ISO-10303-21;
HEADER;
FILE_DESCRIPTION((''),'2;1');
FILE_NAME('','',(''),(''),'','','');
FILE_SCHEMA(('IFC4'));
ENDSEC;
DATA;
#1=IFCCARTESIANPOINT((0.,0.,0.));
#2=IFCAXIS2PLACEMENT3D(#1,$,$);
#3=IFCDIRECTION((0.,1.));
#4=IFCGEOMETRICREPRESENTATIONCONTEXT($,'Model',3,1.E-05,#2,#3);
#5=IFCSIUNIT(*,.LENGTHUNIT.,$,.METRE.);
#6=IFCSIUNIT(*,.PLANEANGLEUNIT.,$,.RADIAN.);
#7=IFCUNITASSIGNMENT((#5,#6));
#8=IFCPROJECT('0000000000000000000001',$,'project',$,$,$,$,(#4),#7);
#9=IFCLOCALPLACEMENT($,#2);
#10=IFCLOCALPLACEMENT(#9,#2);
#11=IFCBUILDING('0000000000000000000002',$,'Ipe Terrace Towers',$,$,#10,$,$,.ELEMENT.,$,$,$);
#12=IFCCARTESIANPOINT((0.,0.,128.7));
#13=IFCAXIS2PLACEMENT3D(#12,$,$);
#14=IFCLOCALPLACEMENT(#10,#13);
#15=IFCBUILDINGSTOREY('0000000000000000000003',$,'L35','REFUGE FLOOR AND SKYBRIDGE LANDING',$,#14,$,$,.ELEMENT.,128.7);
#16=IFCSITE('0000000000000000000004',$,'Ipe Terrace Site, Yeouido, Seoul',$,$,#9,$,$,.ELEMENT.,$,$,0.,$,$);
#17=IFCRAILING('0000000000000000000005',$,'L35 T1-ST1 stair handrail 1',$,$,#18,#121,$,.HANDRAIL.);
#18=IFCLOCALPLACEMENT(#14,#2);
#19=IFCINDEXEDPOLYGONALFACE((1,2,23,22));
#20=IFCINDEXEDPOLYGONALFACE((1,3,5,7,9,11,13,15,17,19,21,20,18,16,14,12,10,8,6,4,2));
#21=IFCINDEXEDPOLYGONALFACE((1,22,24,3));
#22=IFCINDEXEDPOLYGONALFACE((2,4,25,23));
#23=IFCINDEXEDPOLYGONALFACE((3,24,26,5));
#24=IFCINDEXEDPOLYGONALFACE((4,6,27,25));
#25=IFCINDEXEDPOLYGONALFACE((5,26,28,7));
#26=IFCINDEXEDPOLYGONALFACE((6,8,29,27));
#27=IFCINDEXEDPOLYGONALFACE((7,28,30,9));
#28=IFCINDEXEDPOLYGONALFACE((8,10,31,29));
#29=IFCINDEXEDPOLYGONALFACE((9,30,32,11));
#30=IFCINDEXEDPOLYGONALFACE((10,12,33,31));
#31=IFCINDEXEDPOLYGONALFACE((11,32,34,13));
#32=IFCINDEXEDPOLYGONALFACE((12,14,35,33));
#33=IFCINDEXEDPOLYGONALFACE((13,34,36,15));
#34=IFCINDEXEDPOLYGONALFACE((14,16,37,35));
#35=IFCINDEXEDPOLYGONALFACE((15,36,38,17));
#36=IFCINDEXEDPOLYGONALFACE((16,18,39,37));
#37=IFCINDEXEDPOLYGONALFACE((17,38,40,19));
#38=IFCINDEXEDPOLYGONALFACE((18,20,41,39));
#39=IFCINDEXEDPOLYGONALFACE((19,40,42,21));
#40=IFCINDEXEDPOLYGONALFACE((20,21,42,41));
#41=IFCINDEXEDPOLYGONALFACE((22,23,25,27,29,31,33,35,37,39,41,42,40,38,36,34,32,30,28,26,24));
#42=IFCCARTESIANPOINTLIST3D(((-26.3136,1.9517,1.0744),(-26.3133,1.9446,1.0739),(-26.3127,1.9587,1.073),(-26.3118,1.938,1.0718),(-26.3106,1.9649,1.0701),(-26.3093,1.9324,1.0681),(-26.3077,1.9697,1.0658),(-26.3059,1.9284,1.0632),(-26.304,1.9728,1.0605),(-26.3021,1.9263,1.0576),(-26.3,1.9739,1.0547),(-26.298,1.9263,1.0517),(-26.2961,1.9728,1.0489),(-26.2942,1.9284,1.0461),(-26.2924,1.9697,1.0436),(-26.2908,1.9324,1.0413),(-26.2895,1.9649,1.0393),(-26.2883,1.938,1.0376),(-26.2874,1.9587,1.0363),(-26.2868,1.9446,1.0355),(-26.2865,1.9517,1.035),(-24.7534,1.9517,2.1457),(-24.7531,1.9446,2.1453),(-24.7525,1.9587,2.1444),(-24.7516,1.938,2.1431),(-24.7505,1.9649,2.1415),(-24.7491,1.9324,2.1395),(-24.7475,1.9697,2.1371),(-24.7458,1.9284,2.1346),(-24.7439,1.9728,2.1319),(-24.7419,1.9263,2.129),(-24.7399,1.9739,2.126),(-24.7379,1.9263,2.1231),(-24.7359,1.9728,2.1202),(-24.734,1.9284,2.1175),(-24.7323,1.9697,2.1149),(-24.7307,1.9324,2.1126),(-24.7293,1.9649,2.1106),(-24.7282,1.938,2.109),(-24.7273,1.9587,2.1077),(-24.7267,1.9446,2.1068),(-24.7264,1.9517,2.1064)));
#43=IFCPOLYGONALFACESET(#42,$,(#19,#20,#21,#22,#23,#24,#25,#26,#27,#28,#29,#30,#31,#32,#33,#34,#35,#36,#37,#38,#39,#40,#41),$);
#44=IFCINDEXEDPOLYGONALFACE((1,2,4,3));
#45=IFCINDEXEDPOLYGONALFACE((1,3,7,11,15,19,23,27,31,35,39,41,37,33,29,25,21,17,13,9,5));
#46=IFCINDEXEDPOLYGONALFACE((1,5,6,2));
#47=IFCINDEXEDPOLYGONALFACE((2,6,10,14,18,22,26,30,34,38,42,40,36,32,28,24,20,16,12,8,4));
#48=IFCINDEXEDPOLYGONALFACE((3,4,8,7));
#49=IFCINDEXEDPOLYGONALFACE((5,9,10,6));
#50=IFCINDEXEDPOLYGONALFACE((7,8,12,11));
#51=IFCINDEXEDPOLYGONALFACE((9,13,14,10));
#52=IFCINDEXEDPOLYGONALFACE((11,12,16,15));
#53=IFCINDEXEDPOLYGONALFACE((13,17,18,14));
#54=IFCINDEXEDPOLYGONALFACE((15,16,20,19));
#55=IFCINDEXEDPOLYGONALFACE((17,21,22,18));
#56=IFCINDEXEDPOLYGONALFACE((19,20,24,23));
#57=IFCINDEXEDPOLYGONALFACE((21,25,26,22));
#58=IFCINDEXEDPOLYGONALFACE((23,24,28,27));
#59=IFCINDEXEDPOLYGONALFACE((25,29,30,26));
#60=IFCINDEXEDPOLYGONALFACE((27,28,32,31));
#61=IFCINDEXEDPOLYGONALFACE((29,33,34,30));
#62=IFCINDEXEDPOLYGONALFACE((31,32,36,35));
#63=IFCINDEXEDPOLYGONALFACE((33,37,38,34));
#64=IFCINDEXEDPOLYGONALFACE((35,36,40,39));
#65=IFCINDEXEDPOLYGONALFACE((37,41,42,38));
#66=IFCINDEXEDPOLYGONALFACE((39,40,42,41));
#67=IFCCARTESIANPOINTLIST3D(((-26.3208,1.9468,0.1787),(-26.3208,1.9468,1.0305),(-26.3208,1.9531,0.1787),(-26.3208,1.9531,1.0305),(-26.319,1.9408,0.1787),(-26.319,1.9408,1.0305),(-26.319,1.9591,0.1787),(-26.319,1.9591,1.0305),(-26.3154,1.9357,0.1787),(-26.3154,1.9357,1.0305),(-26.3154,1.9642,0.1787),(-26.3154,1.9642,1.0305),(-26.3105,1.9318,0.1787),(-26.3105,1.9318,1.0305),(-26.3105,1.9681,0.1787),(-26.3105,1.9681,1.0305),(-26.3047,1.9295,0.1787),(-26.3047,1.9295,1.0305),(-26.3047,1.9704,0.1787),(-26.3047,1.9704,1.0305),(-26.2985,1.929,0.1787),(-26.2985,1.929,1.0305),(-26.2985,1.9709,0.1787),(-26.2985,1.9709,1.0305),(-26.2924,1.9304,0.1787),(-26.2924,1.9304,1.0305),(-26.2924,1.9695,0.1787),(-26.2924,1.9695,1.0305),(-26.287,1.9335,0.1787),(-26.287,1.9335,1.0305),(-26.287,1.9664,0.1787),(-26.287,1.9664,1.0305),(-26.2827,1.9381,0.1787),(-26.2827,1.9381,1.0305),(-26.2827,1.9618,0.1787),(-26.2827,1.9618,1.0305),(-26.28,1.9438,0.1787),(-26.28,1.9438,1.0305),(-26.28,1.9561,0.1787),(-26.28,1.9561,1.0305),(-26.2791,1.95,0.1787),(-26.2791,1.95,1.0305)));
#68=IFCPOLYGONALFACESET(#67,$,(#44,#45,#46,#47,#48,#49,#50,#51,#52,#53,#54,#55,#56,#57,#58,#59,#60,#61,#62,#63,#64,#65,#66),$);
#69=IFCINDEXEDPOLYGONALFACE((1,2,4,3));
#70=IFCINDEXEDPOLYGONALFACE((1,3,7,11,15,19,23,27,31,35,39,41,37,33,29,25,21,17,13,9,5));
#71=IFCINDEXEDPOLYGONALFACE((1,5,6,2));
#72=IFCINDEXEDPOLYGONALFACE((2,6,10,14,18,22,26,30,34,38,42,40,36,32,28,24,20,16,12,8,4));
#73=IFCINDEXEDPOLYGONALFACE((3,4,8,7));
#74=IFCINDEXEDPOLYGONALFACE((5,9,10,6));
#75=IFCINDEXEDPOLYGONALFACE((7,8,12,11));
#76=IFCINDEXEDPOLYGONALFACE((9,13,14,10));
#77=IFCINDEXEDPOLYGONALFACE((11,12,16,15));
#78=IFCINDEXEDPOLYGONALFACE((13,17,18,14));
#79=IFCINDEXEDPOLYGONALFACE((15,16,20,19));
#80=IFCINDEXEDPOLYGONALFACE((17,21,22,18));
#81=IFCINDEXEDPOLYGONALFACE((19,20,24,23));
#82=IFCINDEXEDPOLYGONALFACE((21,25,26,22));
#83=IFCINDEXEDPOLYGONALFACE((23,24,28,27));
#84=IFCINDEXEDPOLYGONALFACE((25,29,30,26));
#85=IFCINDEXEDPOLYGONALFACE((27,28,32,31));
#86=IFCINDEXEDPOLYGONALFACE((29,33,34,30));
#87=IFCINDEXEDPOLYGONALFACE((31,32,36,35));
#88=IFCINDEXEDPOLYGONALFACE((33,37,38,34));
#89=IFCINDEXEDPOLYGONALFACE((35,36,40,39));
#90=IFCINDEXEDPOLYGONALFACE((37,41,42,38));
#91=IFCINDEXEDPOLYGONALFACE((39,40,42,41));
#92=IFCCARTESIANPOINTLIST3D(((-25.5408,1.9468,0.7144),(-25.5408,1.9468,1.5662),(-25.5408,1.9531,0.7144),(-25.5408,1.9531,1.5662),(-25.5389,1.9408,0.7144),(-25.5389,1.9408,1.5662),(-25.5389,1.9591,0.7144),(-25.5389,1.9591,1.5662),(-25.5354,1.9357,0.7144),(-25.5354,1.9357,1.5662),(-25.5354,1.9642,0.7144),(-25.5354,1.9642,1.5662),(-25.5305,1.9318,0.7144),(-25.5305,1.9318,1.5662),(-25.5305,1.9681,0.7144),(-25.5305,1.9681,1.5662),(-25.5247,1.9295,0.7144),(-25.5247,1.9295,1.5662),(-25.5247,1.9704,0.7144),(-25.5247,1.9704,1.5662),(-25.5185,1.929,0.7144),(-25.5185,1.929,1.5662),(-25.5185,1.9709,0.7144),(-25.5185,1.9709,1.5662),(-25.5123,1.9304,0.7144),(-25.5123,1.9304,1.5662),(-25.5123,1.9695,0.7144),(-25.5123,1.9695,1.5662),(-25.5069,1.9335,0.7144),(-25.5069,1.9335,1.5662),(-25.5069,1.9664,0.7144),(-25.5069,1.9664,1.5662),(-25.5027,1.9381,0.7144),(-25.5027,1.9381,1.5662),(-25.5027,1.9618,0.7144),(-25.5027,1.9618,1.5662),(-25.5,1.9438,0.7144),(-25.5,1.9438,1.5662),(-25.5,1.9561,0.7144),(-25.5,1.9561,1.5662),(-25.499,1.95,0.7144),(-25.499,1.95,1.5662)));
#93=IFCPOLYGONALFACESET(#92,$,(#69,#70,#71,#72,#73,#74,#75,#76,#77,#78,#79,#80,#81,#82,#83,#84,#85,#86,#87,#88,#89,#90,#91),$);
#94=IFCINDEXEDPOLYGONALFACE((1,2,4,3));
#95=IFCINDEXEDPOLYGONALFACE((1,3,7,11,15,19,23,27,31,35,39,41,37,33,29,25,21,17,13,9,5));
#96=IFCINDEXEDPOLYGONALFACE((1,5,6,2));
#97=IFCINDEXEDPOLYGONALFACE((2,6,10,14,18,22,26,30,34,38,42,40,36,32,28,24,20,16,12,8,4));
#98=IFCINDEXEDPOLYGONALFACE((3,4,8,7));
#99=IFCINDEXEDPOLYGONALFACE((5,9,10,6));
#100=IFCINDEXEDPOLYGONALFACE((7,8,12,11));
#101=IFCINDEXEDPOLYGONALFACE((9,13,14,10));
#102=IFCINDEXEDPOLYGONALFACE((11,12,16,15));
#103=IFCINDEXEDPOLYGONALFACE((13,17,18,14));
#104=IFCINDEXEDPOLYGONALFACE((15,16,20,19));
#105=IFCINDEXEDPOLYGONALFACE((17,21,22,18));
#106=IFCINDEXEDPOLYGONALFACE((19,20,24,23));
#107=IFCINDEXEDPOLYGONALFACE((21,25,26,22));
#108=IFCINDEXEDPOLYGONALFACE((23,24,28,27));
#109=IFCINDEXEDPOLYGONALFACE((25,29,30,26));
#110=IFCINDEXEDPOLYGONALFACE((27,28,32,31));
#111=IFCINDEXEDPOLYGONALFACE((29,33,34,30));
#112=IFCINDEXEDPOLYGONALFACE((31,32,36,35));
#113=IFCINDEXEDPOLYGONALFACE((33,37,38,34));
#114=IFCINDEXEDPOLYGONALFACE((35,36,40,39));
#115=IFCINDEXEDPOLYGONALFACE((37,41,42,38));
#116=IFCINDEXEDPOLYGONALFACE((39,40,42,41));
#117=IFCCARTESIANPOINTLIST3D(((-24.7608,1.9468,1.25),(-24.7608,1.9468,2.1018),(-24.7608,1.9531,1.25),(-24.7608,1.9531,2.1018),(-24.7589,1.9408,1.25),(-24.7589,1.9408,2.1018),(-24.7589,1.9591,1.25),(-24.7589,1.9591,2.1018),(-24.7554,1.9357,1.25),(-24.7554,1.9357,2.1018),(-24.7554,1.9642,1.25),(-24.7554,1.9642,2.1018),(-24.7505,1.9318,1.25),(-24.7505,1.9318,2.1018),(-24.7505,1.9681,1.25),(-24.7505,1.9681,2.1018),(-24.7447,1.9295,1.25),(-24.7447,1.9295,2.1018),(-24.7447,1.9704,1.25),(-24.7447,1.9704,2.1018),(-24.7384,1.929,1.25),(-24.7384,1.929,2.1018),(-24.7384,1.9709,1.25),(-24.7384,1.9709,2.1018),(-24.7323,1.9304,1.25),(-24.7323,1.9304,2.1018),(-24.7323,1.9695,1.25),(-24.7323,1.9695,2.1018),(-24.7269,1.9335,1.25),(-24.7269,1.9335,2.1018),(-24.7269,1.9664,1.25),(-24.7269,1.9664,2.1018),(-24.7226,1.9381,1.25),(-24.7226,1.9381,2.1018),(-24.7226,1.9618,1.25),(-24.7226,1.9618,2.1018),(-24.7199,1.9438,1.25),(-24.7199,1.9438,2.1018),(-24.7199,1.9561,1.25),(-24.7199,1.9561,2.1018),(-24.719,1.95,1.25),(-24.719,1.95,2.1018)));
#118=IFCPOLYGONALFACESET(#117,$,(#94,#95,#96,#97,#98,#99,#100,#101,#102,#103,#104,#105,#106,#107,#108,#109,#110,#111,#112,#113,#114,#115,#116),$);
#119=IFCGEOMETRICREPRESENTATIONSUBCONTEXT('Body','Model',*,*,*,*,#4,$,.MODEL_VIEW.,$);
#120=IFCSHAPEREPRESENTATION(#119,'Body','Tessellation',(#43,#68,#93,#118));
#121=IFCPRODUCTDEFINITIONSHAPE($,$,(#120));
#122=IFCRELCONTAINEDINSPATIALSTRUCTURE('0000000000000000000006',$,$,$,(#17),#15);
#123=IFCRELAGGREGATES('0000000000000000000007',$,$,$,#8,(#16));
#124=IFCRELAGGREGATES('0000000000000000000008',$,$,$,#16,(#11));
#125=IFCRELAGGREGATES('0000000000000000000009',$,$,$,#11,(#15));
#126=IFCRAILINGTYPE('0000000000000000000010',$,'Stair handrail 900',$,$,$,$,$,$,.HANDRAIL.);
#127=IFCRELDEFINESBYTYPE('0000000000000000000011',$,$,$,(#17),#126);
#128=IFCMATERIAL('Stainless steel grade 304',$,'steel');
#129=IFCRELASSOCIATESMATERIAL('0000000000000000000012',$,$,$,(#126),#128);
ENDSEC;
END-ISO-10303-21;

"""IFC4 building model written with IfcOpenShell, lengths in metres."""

from ifc_helpers import new_model, si_unit, direction, frame, origin, origin_2d, place, context, subcontext, project, spatial, circle, extrude, material, type_object, element, save


model = new_model("IFC4")

# Units and contexts
model_context = context("Model", 3, precision=1e-05, world=origin(), true_north=direction((0.0, 1.0)))
body_context = subcontext(model_context, "Body", "Model", "MODEL_VIEW")
ifc_project = project(units=[si_unit("LENGTHUNIT", "METRE"), si_unit("PLANEANGLEUNIT", "RADIAN")], contexts=[model_context])

# Site, building, storey
site_placement = place(None, origin())
site = spatial("IfcSite", under=ifc_project, at=site_placement, Name="Ipe Terrace Site, Yeouido, Seoul", CompositionType="ELEMENT", RefElevation=0.0)
building_placement = place(site_placement, origin())
building = spatial("IfcBuilding", under=site, at=building_placement, Name="Ipe Terrace Towers", CompositionType="ELEMENT")
storey_placement = place(building_placement, frame((0.0, 0.0, 128.7)))
storey = spatial("IfcBuildingStorey", under=building, at=storey_placement, Name="L35", Description="REFUGE FLOOR AND SKYBRIDGE LANDING", CompositionType="ELEMENT", Elevation=128.7)

# Railing
ifc_material_1 = material(Name="Stainless steel grade 304", Category="steel")
railing_type_1 = type_object("IfcRailingType", Name="Stair handrail 900", PredefinedType="HANDRAIL", material=ifc_material_1)
railing_1_placement = place(storey_placement, frame((-26.3, 1.95, 0.1787)))
element("IfcRailing", 1, at=railing_1_placement, inside=storey, type_object=railing_type_1, Name="L35 T1-ST1 stair handrail 1", PredefinedType="HANDRAIL", context=body_context, shape_type="SweptSolid", body=[
    extrude(circle(Radius=0.0239, at=origin_2d()), frame((0.0, 0.0, 0.876), z_axis=(0.82435, 0.0, 0.56608), x_axis=(0.0, 1.0, 0.0)), (0.0, 0.0, 1.0), 1.8926),
    extrude(circle(Radius=0.021, at=origin_2d()), origin(), (0.0, 0.0, 1.0), 0.8518),
    extrude(circle(Radius=0.021, at=origin_2d()), frame((0.78, 0.0, 0.5356)), (0.0, 0.0, 1.0), 0.8518),
    extrude(circle(Radius=0.021, at=origin_2d()), frame((1.5601, 0.0, 1.0713)), (0.0, 0.0, 1.0), 0.8518),
])

save(model, "model.ifc")
